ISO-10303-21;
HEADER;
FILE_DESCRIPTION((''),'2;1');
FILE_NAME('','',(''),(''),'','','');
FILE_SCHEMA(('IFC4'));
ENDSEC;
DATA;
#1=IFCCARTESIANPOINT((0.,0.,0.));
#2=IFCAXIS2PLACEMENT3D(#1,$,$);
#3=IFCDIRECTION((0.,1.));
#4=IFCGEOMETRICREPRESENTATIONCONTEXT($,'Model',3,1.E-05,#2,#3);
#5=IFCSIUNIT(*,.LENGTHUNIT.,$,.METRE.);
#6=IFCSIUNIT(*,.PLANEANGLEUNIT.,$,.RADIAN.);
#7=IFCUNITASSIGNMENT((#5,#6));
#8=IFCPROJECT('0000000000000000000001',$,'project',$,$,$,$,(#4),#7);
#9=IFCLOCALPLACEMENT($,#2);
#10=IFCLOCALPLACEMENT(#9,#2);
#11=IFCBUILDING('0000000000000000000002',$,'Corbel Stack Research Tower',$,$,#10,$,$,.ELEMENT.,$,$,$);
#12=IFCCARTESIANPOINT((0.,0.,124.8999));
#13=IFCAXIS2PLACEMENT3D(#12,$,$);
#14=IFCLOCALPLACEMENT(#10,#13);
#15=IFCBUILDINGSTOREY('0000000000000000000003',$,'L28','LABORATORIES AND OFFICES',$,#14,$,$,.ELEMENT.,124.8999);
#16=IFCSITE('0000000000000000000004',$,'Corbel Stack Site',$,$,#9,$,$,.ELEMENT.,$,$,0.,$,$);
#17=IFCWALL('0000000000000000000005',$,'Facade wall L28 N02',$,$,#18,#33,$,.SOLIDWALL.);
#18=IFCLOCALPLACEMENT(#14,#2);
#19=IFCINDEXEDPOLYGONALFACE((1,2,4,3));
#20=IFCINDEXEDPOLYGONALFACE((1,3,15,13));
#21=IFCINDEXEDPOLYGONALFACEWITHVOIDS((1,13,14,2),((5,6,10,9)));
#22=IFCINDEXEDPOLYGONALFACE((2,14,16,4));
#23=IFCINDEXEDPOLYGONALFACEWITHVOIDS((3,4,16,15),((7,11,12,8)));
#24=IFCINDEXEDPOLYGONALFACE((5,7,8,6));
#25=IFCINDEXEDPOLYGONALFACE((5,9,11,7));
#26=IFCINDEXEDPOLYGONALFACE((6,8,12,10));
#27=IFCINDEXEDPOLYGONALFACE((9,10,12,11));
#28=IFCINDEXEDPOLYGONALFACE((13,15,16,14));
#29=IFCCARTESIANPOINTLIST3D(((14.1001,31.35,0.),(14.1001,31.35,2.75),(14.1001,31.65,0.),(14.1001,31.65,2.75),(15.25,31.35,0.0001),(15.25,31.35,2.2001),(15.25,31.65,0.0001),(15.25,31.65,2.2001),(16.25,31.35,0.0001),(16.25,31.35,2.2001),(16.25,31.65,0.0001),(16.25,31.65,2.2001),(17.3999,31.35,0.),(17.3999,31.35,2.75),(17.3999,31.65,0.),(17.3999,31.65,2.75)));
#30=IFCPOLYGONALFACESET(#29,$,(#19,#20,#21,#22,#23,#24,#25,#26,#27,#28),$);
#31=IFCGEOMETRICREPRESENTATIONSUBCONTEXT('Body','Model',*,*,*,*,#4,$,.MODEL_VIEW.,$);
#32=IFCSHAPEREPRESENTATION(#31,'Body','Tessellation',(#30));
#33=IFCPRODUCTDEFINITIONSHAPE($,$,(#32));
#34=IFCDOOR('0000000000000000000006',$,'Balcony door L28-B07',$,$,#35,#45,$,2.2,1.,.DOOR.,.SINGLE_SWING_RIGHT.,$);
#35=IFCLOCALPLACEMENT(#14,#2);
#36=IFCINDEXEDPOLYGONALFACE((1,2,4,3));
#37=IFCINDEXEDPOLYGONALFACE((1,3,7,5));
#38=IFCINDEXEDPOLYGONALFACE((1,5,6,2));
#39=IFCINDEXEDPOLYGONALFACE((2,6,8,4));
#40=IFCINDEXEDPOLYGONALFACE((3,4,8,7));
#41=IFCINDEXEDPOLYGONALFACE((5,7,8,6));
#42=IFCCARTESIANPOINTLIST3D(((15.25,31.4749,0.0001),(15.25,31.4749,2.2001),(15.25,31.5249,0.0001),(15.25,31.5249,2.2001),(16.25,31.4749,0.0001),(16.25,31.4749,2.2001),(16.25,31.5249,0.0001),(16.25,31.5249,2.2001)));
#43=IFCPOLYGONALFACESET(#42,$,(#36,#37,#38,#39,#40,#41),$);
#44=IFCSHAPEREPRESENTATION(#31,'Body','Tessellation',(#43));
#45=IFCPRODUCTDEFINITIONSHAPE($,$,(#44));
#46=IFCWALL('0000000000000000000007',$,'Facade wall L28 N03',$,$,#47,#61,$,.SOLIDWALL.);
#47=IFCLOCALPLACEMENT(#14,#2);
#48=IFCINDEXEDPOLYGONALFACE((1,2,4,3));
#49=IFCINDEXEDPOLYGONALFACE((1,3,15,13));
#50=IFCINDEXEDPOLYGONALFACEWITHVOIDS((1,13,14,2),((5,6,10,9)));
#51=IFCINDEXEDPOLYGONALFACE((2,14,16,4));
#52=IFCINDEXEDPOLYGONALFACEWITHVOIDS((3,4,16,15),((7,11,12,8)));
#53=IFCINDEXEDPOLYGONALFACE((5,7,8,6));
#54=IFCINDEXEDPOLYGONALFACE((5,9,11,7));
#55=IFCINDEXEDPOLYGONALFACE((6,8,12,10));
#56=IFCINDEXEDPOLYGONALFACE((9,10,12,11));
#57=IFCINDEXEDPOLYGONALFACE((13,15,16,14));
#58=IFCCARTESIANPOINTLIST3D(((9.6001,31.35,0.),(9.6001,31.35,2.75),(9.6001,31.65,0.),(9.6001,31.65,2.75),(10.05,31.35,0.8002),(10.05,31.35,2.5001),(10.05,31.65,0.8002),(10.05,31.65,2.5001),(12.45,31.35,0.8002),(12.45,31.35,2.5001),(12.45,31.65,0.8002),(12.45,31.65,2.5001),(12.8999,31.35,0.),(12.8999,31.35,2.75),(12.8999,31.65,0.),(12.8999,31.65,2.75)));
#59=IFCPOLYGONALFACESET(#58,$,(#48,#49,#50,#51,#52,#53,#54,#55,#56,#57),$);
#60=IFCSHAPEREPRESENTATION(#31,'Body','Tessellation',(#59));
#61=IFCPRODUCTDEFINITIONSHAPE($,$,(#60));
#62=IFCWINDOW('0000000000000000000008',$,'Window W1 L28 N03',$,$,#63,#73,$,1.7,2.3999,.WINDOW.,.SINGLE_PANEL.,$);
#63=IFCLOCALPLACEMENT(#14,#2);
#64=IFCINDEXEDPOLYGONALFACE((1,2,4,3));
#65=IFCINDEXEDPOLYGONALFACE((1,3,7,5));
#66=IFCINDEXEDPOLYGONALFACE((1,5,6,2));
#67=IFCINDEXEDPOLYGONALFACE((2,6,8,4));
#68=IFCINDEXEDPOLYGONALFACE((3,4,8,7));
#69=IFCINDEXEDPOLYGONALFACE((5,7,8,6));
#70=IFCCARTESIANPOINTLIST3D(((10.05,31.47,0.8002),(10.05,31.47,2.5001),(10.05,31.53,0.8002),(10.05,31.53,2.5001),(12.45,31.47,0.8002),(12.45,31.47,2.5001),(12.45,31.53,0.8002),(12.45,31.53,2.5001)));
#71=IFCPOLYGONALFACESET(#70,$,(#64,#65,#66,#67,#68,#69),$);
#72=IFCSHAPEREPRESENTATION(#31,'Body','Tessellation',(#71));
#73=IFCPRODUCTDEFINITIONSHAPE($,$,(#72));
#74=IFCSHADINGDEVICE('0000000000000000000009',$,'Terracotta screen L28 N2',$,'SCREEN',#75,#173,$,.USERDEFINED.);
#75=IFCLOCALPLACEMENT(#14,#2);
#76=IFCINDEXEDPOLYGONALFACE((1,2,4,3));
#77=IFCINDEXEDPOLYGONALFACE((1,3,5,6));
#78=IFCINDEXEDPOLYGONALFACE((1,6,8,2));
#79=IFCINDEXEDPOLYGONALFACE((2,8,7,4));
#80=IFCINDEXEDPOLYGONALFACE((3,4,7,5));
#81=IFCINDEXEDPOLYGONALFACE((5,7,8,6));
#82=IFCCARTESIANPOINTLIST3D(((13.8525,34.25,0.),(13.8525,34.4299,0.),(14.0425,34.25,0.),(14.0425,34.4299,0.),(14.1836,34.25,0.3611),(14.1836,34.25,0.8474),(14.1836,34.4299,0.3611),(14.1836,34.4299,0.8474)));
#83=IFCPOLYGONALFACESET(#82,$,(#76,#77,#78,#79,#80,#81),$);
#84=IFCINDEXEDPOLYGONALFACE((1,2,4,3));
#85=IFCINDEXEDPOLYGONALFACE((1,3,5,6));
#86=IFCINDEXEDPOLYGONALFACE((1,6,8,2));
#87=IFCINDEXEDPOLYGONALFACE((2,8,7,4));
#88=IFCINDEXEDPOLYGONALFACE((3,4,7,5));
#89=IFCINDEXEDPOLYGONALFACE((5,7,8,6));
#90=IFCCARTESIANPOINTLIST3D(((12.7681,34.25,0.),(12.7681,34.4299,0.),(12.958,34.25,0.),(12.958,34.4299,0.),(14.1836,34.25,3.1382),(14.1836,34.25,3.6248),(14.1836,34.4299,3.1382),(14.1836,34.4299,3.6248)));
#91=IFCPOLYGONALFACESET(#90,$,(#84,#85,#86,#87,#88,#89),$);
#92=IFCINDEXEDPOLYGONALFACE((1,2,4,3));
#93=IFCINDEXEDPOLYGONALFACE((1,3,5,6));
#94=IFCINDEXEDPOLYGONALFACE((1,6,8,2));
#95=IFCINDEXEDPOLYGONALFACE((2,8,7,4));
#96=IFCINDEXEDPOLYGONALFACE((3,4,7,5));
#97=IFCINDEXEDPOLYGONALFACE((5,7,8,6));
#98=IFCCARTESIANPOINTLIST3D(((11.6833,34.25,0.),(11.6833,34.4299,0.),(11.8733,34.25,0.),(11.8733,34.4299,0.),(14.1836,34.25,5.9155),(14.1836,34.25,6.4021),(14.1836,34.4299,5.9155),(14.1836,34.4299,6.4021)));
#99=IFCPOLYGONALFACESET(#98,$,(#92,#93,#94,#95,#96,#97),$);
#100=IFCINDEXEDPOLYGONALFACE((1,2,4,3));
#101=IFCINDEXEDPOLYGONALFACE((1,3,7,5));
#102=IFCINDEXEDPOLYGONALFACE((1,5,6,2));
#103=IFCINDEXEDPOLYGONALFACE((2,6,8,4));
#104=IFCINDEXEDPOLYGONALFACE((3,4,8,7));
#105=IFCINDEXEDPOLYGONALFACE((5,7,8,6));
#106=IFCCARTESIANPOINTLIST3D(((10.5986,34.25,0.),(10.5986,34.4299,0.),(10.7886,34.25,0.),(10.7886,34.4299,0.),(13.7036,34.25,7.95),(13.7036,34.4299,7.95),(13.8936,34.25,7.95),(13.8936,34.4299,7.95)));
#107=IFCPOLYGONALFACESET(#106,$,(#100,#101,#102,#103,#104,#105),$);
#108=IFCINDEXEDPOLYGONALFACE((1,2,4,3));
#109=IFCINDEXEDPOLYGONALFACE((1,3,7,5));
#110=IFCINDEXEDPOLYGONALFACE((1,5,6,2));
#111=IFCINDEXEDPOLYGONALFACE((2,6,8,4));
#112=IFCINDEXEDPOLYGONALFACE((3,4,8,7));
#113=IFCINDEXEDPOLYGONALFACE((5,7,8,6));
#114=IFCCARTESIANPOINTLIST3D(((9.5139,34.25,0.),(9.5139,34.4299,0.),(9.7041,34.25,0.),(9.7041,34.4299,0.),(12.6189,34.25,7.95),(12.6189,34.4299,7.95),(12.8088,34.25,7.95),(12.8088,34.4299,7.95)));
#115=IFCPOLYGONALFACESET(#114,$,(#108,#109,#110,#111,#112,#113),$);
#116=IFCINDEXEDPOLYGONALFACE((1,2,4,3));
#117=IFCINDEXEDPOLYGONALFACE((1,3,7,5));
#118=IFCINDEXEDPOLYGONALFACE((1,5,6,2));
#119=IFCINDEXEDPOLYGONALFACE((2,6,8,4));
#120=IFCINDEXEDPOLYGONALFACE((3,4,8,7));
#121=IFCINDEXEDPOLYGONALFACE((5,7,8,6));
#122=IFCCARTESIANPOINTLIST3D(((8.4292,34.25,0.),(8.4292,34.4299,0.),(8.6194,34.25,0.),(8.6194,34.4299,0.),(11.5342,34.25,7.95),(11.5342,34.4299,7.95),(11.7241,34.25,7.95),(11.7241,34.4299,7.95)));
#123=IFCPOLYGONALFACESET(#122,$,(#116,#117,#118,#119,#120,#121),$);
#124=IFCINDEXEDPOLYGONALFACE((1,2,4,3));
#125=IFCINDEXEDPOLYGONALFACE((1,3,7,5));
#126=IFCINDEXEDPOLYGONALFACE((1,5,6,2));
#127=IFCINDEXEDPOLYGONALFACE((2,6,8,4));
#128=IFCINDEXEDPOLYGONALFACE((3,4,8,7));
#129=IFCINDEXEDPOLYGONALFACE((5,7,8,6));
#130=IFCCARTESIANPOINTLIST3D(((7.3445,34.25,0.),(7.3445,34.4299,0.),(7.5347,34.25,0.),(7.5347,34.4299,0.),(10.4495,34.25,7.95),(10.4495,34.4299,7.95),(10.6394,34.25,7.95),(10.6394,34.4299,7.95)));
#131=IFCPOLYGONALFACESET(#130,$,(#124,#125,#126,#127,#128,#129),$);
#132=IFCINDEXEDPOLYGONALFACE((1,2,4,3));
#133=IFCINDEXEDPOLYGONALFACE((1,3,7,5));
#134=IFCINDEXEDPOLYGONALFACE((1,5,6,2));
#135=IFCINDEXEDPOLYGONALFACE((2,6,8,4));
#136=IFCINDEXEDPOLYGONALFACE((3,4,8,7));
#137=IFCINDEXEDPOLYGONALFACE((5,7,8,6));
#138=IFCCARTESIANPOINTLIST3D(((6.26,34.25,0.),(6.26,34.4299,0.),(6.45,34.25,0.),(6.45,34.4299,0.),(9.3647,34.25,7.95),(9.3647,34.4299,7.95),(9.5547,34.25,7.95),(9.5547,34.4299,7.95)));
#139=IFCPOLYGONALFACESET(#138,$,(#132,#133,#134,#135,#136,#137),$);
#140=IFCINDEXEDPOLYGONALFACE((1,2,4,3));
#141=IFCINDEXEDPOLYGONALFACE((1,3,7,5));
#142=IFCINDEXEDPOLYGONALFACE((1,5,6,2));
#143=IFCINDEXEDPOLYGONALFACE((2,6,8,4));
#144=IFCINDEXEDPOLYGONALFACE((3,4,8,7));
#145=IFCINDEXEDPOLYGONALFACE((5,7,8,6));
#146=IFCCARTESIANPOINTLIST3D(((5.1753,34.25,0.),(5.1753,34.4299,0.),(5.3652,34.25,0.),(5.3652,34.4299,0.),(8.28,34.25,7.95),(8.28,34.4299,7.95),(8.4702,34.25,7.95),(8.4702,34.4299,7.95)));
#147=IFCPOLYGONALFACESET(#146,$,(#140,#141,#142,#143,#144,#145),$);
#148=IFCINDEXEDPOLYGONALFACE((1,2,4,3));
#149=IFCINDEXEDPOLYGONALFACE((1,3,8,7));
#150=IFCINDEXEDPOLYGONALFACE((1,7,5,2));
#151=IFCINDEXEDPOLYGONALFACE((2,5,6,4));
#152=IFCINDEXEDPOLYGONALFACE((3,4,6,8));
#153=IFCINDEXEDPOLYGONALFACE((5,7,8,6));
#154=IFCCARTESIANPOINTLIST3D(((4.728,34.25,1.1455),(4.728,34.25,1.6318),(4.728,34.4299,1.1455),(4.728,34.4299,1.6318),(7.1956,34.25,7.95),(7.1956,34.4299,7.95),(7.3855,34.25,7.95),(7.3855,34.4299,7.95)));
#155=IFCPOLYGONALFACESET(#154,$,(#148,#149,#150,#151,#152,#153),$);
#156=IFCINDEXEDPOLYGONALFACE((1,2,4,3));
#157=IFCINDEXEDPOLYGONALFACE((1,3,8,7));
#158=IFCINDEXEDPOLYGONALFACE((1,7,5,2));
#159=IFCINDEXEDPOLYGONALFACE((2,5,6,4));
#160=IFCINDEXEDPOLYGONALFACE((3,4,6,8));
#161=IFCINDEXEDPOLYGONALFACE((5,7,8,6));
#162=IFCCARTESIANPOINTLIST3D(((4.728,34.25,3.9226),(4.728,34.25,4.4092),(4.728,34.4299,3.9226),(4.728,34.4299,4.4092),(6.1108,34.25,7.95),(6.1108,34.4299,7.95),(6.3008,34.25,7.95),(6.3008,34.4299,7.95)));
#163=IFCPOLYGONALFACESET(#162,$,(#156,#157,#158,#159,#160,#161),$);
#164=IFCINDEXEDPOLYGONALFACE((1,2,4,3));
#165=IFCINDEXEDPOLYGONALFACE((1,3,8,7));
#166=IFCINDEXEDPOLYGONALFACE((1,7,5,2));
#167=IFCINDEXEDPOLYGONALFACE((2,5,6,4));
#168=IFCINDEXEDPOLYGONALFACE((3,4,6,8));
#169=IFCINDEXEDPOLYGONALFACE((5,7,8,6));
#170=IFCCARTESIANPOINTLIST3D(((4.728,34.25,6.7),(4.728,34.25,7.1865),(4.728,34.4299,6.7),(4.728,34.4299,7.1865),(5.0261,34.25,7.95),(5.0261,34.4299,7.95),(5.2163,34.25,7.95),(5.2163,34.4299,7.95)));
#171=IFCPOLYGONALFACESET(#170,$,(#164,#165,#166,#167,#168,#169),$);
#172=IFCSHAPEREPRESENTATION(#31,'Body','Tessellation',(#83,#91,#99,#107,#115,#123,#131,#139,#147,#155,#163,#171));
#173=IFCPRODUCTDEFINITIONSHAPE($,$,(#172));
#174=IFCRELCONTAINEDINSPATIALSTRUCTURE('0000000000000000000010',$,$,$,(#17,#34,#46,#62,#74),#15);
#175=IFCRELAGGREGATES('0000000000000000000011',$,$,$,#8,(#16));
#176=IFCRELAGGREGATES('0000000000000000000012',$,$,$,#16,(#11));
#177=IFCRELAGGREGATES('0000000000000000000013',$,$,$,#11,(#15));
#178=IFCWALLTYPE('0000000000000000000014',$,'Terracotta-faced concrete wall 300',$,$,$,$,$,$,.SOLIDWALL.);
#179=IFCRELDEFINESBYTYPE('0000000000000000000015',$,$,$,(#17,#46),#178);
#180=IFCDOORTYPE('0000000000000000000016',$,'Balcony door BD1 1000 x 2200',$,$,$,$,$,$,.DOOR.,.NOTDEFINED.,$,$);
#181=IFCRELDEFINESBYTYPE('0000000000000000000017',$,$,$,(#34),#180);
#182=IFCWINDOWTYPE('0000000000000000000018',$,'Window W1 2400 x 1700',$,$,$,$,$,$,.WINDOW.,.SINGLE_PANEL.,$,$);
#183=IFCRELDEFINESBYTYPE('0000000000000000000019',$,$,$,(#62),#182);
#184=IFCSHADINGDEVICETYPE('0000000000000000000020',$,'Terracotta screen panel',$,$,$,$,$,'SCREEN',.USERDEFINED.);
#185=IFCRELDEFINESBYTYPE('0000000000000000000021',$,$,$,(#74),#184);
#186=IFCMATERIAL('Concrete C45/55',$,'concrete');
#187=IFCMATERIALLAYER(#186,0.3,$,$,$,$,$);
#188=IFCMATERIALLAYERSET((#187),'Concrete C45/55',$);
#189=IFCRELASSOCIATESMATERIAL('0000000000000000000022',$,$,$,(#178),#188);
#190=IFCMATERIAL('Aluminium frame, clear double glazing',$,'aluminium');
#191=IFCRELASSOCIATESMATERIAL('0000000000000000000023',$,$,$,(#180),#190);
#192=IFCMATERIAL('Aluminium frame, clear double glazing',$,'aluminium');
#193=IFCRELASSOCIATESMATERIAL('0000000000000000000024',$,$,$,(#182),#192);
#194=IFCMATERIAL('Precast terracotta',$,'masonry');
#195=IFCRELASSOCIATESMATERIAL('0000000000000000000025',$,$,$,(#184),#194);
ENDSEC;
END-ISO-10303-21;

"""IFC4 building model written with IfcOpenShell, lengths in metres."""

from ifc_helpers import new_model, si_unit, direction, frame, frame_2d, origin, place, context, subcontext, project, spatial, polyline, rectangle, outline, extrude, source, transform, mapped, material, layer, layer_set, type_object, element, fill, save


model = new_model("IFC4")

# Units and contexts
model_context = context("Model", 3, precision=1e-05, world=origin(), true_north=direction((0.0, 1.0)))
body_context = subcontext(model_context, "Body", "Model", "MODEL_VIEW")
ifc_project = project(units=[si_unit("LENGTHUNIT", "METRE"), si_unit("PLANEANGLEUNIT", "RADIAN")], contexts=[model_context])

# Site, building, storey
site_placement = place(None, origin())
site = spatial("IfcSite", under=ifc_project, at=site_placement, Name="Corbel Stack Site", CompositionType="ELEMENT", RefElevation=0.0)
building_placement = place(site_placement, origin())
building = spatial("IfcBuilding", under=site, at=building_placement, Name="Corbel Stack Research Tower", CompositionType="ELEMENT")
storey_placement = place(building_placement, frame((0.0, 0.0, 124.8999)))
storey = spatial("IfcBuildingStorey", under=building, at=storey_placement, Name="L28", Description="LABORATORIES AND OFFICES", CompositionType="ELEMENT", Elevation=124.8999)

# Wall, opening, door
ifc_material_1 = material(Name="Concrete C45/55", Category="concrete")
ifc_layer_1 = layer(ifc_material_1, 0.3)
ifc_layer_set_1 = layer_set([ifc_layer_1], Name="Concrete C45/55")
wall_type_1 = type_object("IfcWallType", Name="Terracotta-faced concrete wall 300", PredefinedType="SOLIDWALL", material=ifc_layer_set_1)
wall_1_placement = place(storey_placement, frame((14.1001, 31.5, 0.0), z_axis=(0.0, 0.0, 1.0), x_axis=(1.0, 0.0, 0.0)))
wall_1 = element("IfcWall", 1, at=wall_1_placement, inside=storey, type_object=wall_type_1, Name="Facade wall L28 N02", PredefinedType="SOLIDWALL", context=body_context, shape_type="SweptSolid", body=[
    extrude(rectangle(XDim=3.2998, YDim=0.3, at=frame_2d((1.6499, 0.0))), origin(), (0.0, 0.0, 1.0), 2.75),
])
opening_1_placement = place(wall_1_placement, frame((1.1499, 0.0, 0.0)))
opening_1 = element("IfcOpeningElement", 2, at=opening_1_placement, cuts=wall_1, PredefinedType="OPENING", context=body_context, shape_type="SweptSolid", body=[
    extrude(rectangle(XDim=1.0, YDim=2.2, at=frame_2d((0.5, 1.1001))), frame((0.0, 0.1599, 0.0), z_axis=(0.0, -1.0, 0.0), x_axis=(1.0, 0.0, 0.0)), (0.0, 0.0, 1.0), 0.3201),
])
ifc_material_2 = material(Name="Aluminium frame, clear double glazing", Category="aluminium")
door_type_1 = type_object("IfcDoorType", Name="Balcony door BD1 1000 x 2200", OperationType="NOTDEFINED", PredefinedType="DOOR", material=ifc_material_2)
door_1_placement = place(opening_1_placement, origin())
door_1 = element("IfcDoor", 3, at=door_1_placement, inside=storey, type_object=door_type_1, Name="Balcony door L28-B07", OperationType="SINGLE_SWING_RIGHT", OverallHeight=2.2, OverallWidth=1.0, PredefinedType="DOOR", context=body_context, shape_type="SweptSolid", body=[
    extrude(rectangle(XDim=1.0, YDim=2.2, at=frame_2d((0.5, 1.1001))), frame((0.0, 0.0249, 0.0), z_axis=(0.0, -1.0, 0.0), x_axis=(1.0, 0.0, 0.0)), (0.0, 0.0, 1.0), 0.05),
])
fill(opening_1, door_1)

# Wall, opening, window
wall_2_placement = place(storey_placement, frame((9.6001, 31.5, 0.0), z_axis=(0.0, 0.0, 1.0), x_axis=(1.0, 0.0, 0.0)))
wall_2 = element("IfcWall", 4, at=wall_2_placement, inside=storey, type_object=wall_type_1, Name="Facade wall L28 N03", PredefinedType="SOLIDWALL", context=body_context, shape_type="SweptSolid", body=[
    extrude(rectangle(XDim=3.2998, YDim=0.3, at=frame_2d((1.6499, 0.0))), origin(), (0.0, 0.0, 1.0), 2.75),
])
opening_2_placement = place(wall_2_placement, frame((0.45, 0.0, 0.8)))
opening_2 = element("IfcOpeningElement", 5, at=opening_2_placement, cuts=wall_2, PredefinedType="OPENING", context=body_context, shape_type="SweptSolid", body=[
    extrude(rectangle(XDim=2.3999, YDim=1.7, at=frame_2d((1.2, 0.8501))), frame((0.0, 0.1599, 0.0), z_axis=(0.0, -1.0, 0.0), x_axis=(1.0, 0.0, 0.0)), (0.0, 0.0, 1.0), 0.3201),
])
ifc_material_3 = material(Name="Aluminium frame, clear double glazing", Category="aluminium")
window_type = type_object("IfcWindowType", Name="Window W1 2400 x 1700", PartitioningType="SINGLE_PANEL", PredefinedType="WINDOW", material=ifc_material_3)
window_placement = place(opening_2_placement, origin())
window = element("IfcWindow", 6, at=window_placement, inside=storey, type_object=window_type, Name="Window W1 L28 N03", OverallHeight=1.7, OverallWidth=2.3999, PartitioningType="SINGLE_PANEL", PredefinedType="WINDOW", context=body_context, shape_type="SweptSolid", body=[
    extrude(rectangle(XDim=2.3999, YDim=1.7, at=frame_2d((1.2, 0.8501))), frame((0.0, 0.03, 0.0), z_axis=(0.0, -1.0, 0.0), x_axis=(1.0, 0.0, 0.0)), (0.0, 0.0, 1.0), 0.0601),
])
fill(opening_2, window)

# Shading device
ifc_material_4 = material(Name="Precast terracotta", Category="masonry")
shading_device_type = type_object("IfcShadingDeviceType", Name="Terracotta screen panel", ElementType="SCREEN", PredefinedType="USERDEFINED", material=ifc_material_4)
shared_shape = source(origin(), body_context, "Body", "SweptSolid", [
    extrude(outline(polyline([(0.3311, 0.0), (0.0, 0.8474), (0.0, 0.3611), (0.1411, 0.0), (0.3311, 0.0)])), frame((0.0, 0.0, 0.0), z_axis=(0.0, -1.0, 0.0), x_axis=(1.0, 0.0, 0.0)), (0.0, 0.0, 1.0), 0.1799),
    extrude(outline(polyline([(1.4155, 0.0), (0.0, 3.6248), (0.0, 3.1382), (1.2256, 0.0), (1.4155, 0.0)])), frame((0.0, 0.0, 0.0), z_axis=(0.0, -1.0, 0.0), x_axis=(1.0, 0.0, 0.0)), (0.0, 0.0, 1.0), 0.1799),
    extrude(outline(polyline([(2.5002, 0.0), (0.0, 6.4021), (0.0, 5.9155), (2.3103, 0.0), (2.5002, 0.0)])), frame((0.0, 0.0, 0.0), z_axis=(0.0, -1.0, 0.0), x_axis=(1.0, 0.0, 0.0)), (0.0, 0.0, 1.0), 0.1799),
    extrude(outline(polyline([(3.585, 0.0), (0.48, 7.95), (0.29, 7.95), (3.395, 0.0), (3.585, 0.0)])), frame((0.0, 0.0, 0.0), z_axis=(0.0, -1.0, 0.0), x_axis=(1.0, 0.0, 0.0)), (0.0, 0.0, 1.0), 0.1799),
    extrude(outline(polyline([(4.6697, 0.0), (1.5647, 7.95), (1.3748, 7.95), (4.4795, 0.0), (4.6697, 0.0)])), frame((0.0, 0.0, 0.0), z_axis=(0.0, -1.0, 0.0), x_axis=(1.0, 0.0, 0.0)), (0.0, 0.0, 1.0), 0.1799),
    extrude(outline(polyline([(5.7544, 0.0), (2.6494, 7.95), (2.4595, 7.95), (5.5642, 0.0), (5.7544, 0.0)])), frame((0.0, 0.0, 0.0), z_axis=(0.0, -1.0, 0.0), x_axis=(1.0, 0.0, 0.0)), (0.0, 0.0, 1.0), 0.1799),
    extrude(outline(polyline([(6.8391, 0.0), (3.7341, 7.95), (3.5442, 7.95), (6.6489, 0.0), (6.8391, 0.0)])), frame((0.0, 0.0, 0.0), z_axis=(0.0, -1.0, 0.0), x_axis=(1.0, 0.0, 0.0)), (0.0, 0.0, 1.0), 0.1799),
    extrude(outline(polyline([(7.9236, 0.0), (4.8188, 7.95), (4.6289, 7.95), (7.7336, 0.0), (7.9236, 0.0)])), frame((0.0, 0.0, 0.0), z_axis=(0.0, -1.0, 0.0), x_axis=(1.0, 0.0, 0.0)), (0.0, 0.0, 1.0), 0.1799),
    extrude(outline(polyline([(9.0083, 0.0), (5.9036, 7.95), (5.7134, 7.95), (8.8184, 0.0), (9.0083, 0.0)])), frame((0.0, 0.0, 0.0), z_axis=(0.0, -1.0, 0.0), x_axis=(1.0, 0.0, 0.0)), (0.0, 0.0, 1.0), 0.1799),
    extrude(outline(polyline([(6.988, 7.95), (6.7981, 7.95), (9.4556, 1.1455), (9.4556, 1.6318), (6.988, 7.95)])), frame((0.0, 0.0, 0.0), z_axis=(0.0, -1.0, 0.0), x_axis=(1.0, 0.0, 0.0)), (0.0, 0.0, 1.0), 0.1799),
    extrude(outline(polyline([(8.0728, 7.95), (7.8828, 7.95), (9.4556, 3.9226), (9.4556, 4.4092), (8.0728, 7.95)])), frame((0.0, 0.0, 0.0), z_axis=(0.0, -1.0, 0.0), x_axis=(1.0, 0.0, 0.0)), (0.0, 0.0, 1.0), 0.1799),
    extrude(outline(polyline([(9.1575, 7.95), (8.9673, 7.95), (9.4556, 6.7), (9.4556, 7.1865), (9.1575, 7.95)])), frame((0.0, 0.0, 0.0), z_axis=(0.0, -1.0, 0.0), x_axis=(1.0, 0.0, 0.0)), (0.0, 0.0, 1.0), 0.1799),
])
shading_device_placement = place(storey_placement, frame((14.1836, 34.25, 0.0), z_axis=(0.0, 0.0, 1.0), x_axis=(-1.0, 0.0, 0.0)))
element("IfcShadingDevice", 7, at=shading_device_placement, inside=storey, type_object=shading_device_type, Name="Terracotta screen L28 N2", ObjectType="SCREEN", PredefinedType="USERDEFINED", context=body_context, shape_type="MappedRepresentation", body=[
    mapped(shared_shape, transform((0.0, 0.0, 0.0))),
])

save(model, "model.ifc")
